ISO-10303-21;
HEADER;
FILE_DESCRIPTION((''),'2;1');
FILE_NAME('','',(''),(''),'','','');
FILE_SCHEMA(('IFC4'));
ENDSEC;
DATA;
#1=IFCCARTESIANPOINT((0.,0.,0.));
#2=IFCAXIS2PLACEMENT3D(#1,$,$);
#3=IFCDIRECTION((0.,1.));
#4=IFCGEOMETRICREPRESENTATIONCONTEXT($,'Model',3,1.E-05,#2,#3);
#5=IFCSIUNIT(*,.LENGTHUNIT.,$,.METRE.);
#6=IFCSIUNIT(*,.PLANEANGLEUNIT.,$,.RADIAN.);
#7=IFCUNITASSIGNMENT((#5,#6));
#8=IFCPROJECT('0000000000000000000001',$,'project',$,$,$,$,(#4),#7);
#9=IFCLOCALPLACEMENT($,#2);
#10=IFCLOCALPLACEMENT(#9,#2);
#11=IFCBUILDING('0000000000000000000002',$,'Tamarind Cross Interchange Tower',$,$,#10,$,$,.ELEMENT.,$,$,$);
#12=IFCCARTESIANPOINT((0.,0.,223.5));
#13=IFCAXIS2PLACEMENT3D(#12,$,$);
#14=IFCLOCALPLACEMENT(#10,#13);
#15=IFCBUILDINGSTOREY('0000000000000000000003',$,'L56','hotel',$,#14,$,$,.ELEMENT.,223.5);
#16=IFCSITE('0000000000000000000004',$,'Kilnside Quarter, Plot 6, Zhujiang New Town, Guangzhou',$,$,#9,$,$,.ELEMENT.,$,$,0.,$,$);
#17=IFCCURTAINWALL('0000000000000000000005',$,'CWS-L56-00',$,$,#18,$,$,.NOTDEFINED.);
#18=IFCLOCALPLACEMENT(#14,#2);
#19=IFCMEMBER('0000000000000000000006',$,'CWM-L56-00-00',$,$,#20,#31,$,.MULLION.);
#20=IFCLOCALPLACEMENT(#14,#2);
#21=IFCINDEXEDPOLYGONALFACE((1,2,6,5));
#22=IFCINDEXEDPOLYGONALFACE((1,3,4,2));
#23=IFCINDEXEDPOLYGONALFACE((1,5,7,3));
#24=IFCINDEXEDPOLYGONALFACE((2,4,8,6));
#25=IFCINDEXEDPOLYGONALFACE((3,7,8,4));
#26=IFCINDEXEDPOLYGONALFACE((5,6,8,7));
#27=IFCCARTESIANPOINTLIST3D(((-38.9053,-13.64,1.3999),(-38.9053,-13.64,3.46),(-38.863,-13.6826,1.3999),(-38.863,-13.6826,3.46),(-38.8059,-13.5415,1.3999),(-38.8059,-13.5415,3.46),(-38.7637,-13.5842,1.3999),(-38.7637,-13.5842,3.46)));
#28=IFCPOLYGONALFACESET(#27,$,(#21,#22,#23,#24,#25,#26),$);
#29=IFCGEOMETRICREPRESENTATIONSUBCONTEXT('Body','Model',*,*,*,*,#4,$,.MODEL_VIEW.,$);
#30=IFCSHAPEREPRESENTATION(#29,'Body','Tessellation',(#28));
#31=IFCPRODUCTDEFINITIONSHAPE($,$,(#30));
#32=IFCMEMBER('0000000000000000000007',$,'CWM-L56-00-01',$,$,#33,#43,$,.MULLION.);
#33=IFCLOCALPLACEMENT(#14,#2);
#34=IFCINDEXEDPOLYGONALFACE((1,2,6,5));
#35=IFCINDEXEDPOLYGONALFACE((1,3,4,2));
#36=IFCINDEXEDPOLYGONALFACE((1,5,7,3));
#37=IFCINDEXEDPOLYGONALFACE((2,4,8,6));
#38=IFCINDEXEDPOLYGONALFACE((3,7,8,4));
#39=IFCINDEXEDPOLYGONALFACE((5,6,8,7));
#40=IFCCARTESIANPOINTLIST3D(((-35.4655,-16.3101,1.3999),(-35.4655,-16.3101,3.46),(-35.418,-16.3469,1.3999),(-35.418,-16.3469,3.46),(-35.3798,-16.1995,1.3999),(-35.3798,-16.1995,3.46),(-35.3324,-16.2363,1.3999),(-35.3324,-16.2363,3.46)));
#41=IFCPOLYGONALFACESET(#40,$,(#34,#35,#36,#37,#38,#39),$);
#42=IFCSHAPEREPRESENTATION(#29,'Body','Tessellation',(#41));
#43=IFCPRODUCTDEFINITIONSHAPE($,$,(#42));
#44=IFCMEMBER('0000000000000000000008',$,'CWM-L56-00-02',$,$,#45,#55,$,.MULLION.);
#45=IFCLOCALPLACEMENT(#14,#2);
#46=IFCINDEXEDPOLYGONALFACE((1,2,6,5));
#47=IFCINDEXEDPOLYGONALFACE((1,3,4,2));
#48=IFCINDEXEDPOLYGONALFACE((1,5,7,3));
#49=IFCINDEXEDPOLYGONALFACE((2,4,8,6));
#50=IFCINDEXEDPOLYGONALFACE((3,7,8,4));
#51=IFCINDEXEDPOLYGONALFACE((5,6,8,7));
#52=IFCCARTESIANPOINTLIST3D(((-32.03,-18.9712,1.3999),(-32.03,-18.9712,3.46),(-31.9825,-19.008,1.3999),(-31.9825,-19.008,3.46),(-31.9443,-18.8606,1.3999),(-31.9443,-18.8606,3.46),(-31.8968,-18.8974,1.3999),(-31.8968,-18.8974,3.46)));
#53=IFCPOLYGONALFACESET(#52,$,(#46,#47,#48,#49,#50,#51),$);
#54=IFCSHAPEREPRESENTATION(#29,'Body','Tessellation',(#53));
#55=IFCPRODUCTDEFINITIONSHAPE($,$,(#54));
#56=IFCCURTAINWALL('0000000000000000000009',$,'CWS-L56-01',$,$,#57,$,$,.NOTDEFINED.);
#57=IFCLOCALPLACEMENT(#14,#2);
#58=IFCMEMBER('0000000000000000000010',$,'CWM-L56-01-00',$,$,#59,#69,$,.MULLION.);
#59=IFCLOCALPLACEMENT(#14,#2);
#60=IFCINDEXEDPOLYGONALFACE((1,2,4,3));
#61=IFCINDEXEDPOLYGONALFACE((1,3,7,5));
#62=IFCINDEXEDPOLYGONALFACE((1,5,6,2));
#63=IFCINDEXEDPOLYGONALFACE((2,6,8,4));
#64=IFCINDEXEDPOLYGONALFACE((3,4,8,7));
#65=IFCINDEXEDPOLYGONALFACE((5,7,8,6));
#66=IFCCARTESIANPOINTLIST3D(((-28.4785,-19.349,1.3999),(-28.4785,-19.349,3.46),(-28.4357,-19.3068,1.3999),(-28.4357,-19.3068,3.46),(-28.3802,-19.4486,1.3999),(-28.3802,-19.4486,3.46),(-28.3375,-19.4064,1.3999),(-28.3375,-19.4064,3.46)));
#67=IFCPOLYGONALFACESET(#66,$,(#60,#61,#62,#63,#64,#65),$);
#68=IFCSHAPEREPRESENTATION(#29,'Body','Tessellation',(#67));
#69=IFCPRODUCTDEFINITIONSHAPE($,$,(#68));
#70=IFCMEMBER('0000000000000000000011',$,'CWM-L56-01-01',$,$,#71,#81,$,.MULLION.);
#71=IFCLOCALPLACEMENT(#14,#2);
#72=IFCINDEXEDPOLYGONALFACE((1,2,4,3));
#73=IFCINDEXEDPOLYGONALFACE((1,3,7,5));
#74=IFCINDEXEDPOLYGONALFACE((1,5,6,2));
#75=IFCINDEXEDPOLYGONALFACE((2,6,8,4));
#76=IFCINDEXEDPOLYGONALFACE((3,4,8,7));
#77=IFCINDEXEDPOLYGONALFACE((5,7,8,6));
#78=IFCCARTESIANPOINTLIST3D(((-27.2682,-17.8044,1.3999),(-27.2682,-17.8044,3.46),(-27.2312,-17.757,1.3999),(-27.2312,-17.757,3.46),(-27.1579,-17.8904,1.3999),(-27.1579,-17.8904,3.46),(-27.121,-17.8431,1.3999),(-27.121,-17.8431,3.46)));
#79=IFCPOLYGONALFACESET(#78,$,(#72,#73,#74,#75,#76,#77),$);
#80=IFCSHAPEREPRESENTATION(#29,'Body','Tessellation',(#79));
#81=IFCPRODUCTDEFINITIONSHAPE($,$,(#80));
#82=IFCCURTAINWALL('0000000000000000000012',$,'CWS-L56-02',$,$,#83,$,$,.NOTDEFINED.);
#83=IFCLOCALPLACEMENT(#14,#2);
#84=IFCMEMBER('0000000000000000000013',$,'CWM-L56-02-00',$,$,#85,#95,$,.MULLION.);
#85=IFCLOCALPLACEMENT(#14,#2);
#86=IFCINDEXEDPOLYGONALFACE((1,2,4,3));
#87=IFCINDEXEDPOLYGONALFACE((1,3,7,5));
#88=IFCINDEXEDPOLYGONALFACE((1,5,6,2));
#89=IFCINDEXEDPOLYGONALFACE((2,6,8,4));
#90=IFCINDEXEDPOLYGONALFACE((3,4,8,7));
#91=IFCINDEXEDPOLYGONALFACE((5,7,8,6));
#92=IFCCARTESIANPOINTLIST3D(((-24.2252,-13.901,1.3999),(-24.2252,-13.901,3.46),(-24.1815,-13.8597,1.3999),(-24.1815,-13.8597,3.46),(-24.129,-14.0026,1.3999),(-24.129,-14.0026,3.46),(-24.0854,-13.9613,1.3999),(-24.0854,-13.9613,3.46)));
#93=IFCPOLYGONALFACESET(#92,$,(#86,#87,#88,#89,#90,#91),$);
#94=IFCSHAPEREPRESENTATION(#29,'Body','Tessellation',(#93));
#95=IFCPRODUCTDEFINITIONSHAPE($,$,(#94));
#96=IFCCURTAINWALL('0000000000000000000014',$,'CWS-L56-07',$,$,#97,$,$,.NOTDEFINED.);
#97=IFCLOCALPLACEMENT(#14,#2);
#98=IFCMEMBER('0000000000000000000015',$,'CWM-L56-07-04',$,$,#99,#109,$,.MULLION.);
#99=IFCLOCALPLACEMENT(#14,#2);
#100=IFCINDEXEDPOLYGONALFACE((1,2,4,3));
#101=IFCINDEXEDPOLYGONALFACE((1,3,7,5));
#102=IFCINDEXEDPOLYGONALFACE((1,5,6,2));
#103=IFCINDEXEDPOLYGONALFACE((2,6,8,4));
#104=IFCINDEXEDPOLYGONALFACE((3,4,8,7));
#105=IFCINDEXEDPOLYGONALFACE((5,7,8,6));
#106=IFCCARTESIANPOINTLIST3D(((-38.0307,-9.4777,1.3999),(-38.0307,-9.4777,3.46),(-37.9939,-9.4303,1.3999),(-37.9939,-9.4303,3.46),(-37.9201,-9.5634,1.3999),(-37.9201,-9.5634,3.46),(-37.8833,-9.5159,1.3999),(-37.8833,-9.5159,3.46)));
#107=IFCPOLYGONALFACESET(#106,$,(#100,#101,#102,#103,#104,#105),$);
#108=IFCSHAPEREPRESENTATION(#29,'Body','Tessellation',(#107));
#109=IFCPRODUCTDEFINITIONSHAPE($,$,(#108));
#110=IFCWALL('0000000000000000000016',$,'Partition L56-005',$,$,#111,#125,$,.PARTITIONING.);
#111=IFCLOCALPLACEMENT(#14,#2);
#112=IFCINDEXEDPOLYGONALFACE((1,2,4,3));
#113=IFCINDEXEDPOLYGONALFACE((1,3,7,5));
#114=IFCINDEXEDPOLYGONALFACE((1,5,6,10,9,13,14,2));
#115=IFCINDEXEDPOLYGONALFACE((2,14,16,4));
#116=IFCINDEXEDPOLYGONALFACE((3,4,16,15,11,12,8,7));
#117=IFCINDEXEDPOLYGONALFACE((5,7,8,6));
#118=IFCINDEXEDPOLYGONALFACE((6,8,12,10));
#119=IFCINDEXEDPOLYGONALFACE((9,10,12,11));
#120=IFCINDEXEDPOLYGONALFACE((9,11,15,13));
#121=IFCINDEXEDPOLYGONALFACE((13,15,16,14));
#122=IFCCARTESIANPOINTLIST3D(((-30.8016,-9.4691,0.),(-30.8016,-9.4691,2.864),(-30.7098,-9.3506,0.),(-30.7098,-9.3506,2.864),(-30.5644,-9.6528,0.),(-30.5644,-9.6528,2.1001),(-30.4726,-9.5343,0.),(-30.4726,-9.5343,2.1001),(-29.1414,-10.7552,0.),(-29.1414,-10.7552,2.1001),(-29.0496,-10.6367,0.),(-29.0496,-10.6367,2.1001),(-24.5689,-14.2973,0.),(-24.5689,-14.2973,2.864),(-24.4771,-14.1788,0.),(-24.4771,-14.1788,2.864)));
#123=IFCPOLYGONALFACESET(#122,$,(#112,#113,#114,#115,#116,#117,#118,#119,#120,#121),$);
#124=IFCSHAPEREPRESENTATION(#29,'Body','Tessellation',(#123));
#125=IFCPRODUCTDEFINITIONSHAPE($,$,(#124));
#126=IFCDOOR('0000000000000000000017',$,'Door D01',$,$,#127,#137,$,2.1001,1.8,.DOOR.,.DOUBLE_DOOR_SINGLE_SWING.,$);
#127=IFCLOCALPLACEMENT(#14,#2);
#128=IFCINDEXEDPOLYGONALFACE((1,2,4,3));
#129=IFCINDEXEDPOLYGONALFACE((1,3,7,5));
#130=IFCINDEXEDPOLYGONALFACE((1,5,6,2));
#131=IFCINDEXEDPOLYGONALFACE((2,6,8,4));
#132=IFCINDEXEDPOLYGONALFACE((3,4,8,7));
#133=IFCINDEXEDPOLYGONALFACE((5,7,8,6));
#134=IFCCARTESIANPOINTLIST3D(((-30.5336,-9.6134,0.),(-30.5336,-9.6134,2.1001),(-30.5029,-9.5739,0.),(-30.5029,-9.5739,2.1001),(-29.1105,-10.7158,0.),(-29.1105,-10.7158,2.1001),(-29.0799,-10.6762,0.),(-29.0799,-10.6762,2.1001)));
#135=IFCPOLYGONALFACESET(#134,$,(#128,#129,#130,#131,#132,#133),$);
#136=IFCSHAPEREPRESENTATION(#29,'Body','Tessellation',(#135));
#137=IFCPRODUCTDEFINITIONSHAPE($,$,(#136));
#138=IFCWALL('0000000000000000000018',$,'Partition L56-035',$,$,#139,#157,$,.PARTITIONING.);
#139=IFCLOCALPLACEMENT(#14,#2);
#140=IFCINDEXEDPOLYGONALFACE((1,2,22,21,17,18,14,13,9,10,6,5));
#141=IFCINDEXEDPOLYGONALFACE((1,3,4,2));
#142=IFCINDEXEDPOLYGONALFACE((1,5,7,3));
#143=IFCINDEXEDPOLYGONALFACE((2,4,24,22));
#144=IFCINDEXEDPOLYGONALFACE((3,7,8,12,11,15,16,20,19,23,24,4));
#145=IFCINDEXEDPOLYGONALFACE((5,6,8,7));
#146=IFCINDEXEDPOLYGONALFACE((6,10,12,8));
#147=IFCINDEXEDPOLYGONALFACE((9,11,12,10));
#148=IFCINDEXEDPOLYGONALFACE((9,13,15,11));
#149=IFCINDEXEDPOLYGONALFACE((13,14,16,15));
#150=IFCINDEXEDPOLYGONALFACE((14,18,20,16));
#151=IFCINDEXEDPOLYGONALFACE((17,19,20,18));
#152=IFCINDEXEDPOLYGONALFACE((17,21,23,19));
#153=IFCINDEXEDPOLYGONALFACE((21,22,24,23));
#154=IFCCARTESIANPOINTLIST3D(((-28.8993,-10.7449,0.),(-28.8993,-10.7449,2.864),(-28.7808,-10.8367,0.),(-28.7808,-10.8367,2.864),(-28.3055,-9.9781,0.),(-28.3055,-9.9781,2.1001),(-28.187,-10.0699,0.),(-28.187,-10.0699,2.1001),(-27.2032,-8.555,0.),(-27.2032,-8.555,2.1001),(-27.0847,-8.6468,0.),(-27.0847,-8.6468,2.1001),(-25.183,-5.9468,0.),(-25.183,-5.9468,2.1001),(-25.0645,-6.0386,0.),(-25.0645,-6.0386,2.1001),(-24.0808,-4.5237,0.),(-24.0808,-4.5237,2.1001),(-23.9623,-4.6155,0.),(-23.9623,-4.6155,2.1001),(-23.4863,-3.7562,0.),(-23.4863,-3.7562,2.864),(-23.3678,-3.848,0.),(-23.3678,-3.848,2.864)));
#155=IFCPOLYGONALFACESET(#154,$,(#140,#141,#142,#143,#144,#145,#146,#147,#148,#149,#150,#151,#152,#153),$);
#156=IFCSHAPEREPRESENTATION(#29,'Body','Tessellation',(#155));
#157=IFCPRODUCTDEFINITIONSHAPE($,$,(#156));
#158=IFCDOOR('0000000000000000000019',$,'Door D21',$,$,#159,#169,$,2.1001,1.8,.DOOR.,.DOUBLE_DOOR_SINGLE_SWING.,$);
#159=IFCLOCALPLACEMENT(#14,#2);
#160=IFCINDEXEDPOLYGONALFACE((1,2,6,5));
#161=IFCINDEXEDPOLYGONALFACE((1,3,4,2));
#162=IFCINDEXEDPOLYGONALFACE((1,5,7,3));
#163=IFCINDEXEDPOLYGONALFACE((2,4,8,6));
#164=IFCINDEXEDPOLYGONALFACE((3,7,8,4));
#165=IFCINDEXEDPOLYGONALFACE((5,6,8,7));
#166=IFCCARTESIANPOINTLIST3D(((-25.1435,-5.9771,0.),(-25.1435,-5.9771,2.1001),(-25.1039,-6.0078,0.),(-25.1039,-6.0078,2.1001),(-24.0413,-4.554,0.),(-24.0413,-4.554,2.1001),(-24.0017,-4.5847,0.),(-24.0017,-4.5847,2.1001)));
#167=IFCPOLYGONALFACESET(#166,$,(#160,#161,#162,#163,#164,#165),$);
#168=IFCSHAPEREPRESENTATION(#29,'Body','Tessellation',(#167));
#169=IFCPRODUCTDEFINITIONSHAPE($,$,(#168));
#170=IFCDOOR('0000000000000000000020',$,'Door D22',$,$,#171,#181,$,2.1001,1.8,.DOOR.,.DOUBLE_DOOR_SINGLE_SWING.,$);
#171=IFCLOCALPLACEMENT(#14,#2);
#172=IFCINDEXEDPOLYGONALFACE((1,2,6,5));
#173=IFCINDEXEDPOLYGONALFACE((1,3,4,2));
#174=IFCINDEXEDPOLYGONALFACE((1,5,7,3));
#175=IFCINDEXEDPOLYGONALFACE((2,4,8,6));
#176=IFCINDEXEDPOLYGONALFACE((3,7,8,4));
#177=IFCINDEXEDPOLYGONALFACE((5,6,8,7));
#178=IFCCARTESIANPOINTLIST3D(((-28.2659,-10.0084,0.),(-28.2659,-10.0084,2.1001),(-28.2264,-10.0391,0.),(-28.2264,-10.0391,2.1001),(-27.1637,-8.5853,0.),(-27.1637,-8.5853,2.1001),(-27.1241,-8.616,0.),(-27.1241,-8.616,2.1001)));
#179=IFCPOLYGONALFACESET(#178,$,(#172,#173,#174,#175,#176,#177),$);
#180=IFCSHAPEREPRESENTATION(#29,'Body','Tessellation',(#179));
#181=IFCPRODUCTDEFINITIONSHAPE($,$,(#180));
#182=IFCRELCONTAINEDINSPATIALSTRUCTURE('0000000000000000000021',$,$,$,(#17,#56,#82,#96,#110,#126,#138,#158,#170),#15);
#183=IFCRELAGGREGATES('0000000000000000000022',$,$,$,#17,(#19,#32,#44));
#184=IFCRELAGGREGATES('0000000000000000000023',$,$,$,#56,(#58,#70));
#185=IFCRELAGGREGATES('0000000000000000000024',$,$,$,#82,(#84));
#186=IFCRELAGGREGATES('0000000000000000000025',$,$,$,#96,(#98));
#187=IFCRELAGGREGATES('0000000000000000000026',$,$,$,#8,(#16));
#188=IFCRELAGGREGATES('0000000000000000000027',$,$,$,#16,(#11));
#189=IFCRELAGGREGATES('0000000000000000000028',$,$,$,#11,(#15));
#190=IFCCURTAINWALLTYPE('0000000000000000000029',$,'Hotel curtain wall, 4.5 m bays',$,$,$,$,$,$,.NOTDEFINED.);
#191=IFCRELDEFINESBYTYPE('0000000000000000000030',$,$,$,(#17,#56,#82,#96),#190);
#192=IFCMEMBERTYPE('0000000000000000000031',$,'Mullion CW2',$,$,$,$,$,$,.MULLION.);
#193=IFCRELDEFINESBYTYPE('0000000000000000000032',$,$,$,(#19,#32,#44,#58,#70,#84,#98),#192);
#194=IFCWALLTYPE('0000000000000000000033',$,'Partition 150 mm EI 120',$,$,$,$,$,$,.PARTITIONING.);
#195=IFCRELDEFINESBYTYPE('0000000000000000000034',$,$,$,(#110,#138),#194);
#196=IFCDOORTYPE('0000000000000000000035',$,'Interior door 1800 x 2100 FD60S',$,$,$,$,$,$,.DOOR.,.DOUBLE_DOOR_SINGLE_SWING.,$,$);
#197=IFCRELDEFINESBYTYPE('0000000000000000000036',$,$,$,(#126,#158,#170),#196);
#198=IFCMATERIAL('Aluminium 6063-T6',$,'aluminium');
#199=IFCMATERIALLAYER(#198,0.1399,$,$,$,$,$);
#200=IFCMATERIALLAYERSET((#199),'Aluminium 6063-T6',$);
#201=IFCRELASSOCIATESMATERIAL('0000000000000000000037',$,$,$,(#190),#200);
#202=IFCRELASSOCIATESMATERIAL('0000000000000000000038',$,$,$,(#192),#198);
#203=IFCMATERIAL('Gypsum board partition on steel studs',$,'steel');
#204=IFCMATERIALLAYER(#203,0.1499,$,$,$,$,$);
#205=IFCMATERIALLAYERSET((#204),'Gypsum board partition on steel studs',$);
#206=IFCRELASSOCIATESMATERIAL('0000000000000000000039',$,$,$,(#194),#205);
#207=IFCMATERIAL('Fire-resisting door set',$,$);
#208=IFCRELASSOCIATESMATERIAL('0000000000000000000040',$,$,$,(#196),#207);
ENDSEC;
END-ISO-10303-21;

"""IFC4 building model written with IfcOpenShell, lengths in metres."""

from ifc_helpers import new_model, si_unit, direction, frame, frame_2d, origin, origin_2d, place, context, subcontext, project, spatial, rectangle, extrude, material, layer, layer_set, material_profile, profile_set, type_object, element, fill, aggregate, save


model = new_model("IFC4")

# Units and contexts
model_context = context("Model", 3, precision=1e-05, world=origin(), true_north=direction((0.0, 1.0)))
body_context = subcontext(model_context, "Body", "Model", "MODEL_VIEW")
ifc_project = project(units=[si_unit("LENGTHUNIT", "METRE"), si_unit("PLANEANGLEUNIT", "RADIAN")], contexts=[model_context])

# Site, building, storey
site_placement = place(None, origin())
site = spatial("IfcSite", under=ifc_project, at=site_placement, Name="Kilnside Quarter, Plot 6, Zhujiang New Town, Guangzhou", CompositionType="ELEMENT", RefElevation=0.0)
building_placement = place(site_placement, origin())
building = spatial("IfcBuilding", under=site, at=building_placement, Name="Tamarind Cross Interchange Tower", CompositionType="ELEMENT")
storey_placement = place(building_placement, frame((0.0, 0.0, 223.5)))
storey = spatial("IfcBuildingStorey", under=building, at=storey_placement, Name="L56", Description="hotel", CompositionType="ELEMENT", Elevation=223.5)

# Curtain walls, members
ifc_material_1 = material(Name="Aluminium 6063-T6", Category="aluminium")
ifc_layer_1 = layer(ifc_material_1, 0.1399)
ifc_layer_set_1 = layer_set([ifc_layer_1], Name="Aluminium 6063-T6")
curtain_wall_type = type_object("IfcCurtainWallType", Name="Hotel curtain wall, 4.5 m bays", PredefinedType="NOTDEFINED", material=ifc_layer_set_1)
curtain_wall_1_placement = place(storey_placement, origin())
curtain_wall_1 = element("IfcCurtainWall", 1, at=curtain_wall_1_placement, inside=storey, type_object=curtain_wall_type, Name="CWS-L56-00", PredefinedType="NOTDEFINED")
ifc_material_profile_1 = material_profile(ifc_material_1, rectangle(XDim=0.0601, YDim=0.1399, at=origin_2d()), Name="Mullion CW2")
ifc_profile_set_1 = profile_set([ifc_material_profile_1], Name="Aluminium 6063-T6")
member_type = type_object("IfcMemberType", Name="Mullion CW2", PredefinedType="MULLION", material=ifc_profile_set_1)
member_1_placement = place(storey_placement, frame((-38.8345, -13.6121, 1.3999), z_axis=(0.0, 0.0, 1.0), x_axis=(0.703891, -0.710308, 0.0)))
member_1 = element("IfcMember", 2, at=member_1_placement, type_object=member_type, Name="CWM-L56-00-00", PredefinedType="MULLION", context=body_context, shape_type="SweptSolid", body=[
    extrude(rectangle(XDim=0.0601, YDim=0.1399, at=origin_2d()), origin(), (0.0, 0.0, 1.0), 2.0601),
])
member_2_placement = place(storey_placement, frame((-35.3989, -16.2732, 1.3999), z_axis=(0.0, 0.0, 1.0), x_axis=(0.790583, -0.612355, 0.0)))
member_2 = element("IfcMember", 3, at=member_2_placement, type_object=member_type, Name="CWM-L56-00-01", PredefinedType="MULLION", context=body_context, shape_type="SweptSolid", body=[
    extrude(rectangle(XDim=0.0601, YDim=0.1399, at=origin_2d()), origin(), (0.0, 0.0, 1.0), 2.0601),
])
member_3_placement = place(storey_placement, frame((-31.9634, -18.9343, 1.3999), z_axis=(0.0, 0.0, 1.0), x_axis=(0.790583, -0.612355, 0.0)))
member_3 = element("IfcMember", 4, at=member_3_placement, type_object=member_type, Name="CWM-L56-00-02", PredefinedType="MULLION", context=body_context, shape_type="SweptSolid", body=[
    extrude(rectangle(XDim=0.0601, YDim=0.1399, at=origin_2d()), origin(), (0.0, 0.0, 1.0), 2.0601),
])
aggregate(curtain_wall_1, [member_1, member_2, member_3])
curtain_wall_2_placement = place(storey_placement, origin())
curtain_wall_2 = element("IfcCurtainWall", 5, at=curtain_wall_2_placement, inside=storey, type_object=curtain_wall_type, Name="CWS-L56-01", PredefinedType="NOTDEFINED")
member_4_placement = place(storey_placement, frame((-28.408, -19.3777, 1.3999), z_axis=(0.0, 0.0, 1.0), x_axis=(0.711677, 0.702507, 0.0)))
member_4 = element("IfcMember", 6, at=member_4_placement, type_object=member_type, Name="CWM-L56-01-00", PredefinedType="MULLION", context=body_context, shape_type="SweptSolid", body=[
    extrude(rectangle(XDim=0.0601, YDim=0.1399, at=origin_2d()), origin(), (0.0, 0.0, 1.0), 2.0601),
])
member_5_placement = place(storey_placement, frame((-27.1946, -17.8237, 1.3999), z_axis=(0.0, 0.0, 1.0), x_axis=(0.615429, 0.788193, 0.0)))
member_5 = element("IfcMember", 7, at=member_5_placement, type_object=member_type, Name="CWM-L56-01-01", PredefinedType="MULLION", context=body_context, shape_type="SweptSolid", body=[
    extrude(rectangle(XDim=0.0601, YDim=0.1399, at=origin_2d()), origin(), (0.0, 0.0, 1.0), 2.0601),
])
aggregate(curtain_wall_2, [member_4, member_5])

# Curtain walls, members
curtain_wall_3_placement = place(storey_placement, origin())
curtain_wall_3 = element("IfcCurtainWall", 8, at=curtain_wall_3_placement, inside=storey, type_object=curtain_wall_type, Name="CWS-L56-02", PredefinedType="NOTDEFINED")
member_6_placement = place(storey_placement, frame((-24.1553, -13.9312, 1.3999), z_axis=(0.0, 0.0, 1.0), x_axis=(0.726272, 0.687408, 0.0)))
member_6 = element("IfcMember", 9, at=member_6_placement, type_object=member_type, Name="CWM-L56-02-00", PredefinedType="MULLION", context=body_context, shape_type="SweptSolid", body=[
    extrude(rectangle(XDim=0.0601, YDim=0.1399, at=origin_2d()), origin(), (0.0, 0.0, 1.0), 2.0601),
])
aggregate(curtain_wall_3, [member_6])
curtain_wall_4_placement = place(storey_placement, origin())
curtain_wall_4 = element("IfcCurtainWall", 10, at=curtain_wall_4_placement, inside=storey, type_object=curtain_wall_type, Name="CWS-L56-07", PredefinedType="NOTDEFINED")
member_7_placement = place(storey_placement, frame((-37.957, -9.4968, 1.3999), z_axis=(0.0, 0.0, 1.0), x_axis=(-0.612355, -0.790583, 0.0)))
member_7 = element("IfcMember", 11, at=member_7_placement, type_object=member_type, Name="CWM-L56-07-04", PredefinedType="MULLION", context=body_context, shape_type="SweptSolid", body=[
    extrude(rectangle(XDim=0.0601, YDim=0.1399, at=origin_2d()), origin(), (0.0, 0.0, 1.0), 2.0601),
])
aggregate(curtain_wall_4, [member_7])

# Wall, opening, door
ifc_material_2 = material(Name="Gypsum board partition on steel studs", Category="steel")
ifc_layer_2 = layer(ifc_material_2, 0.1499)
ifc_layer_set_2 = layer_set([ifc_layer_2], Name="Gypsum board partition on steel studs")
wall_type = type_object("IfcWallType", Name="Partition 150 mm EI 120", PredefinedType="PARTITIONING", material=ifc_layer_set_2)
wall_1_placement = place(storey_placement, frame((-30.7556, -9.4099, 0.0), z_axis=(0.0, 0.0, 1.0), x_axis=(0.79055, -0.612398, 0.0)))
wall_1 = element("IfcWall", 12, at=wall_1_placement, inside=storey, type_object=wall_type, Name="Partition L56-005", PredefinedType="PARTITIONING", context=body_context, shape_type="SweptSolid", body=[
    extrude(rectangle(XDim=7.884, YDim=0.1499, at=frame_2d((3.9419, 0.0))), origin(), (0.0, 0.0, 1.0), 2.864),
])
opening_1_placement = place(wall_1_placement, frame((0.3, 0.0, 0.0)))
opening_1 = element("IfcOpeningElement", 13, at=opening_1_placement, cuts=wall_1, PredefinedType="OPENING", context=body_context, shape_type="SweptSolid", body=[
    extrude(rectangle(XDim=1.8, YDim=2.1001, at=frame_2d((0.8999, 1.05))), frame((0.0, 0.085, 0.0), z_axis=(0.0, -1.0, 0.0), x_axis=(1.0, 0.0, 0.0)), (0.0, 0.0, 1.0), 0.1699),
])
ifc_material_3 = material(Name="Fire-resisting door set")
door_type = type_object("IfcDoorType", Name="Interior door 1800 x 2100 FD60S", OperationType="DOUBLE_DOOR_SINGLE_SWING", PredefinedType="DOOR", material=ifc_material_3)
door_1_placement = place(opening_1_placement, frame((1.8, 0.0, 0.0), z_axis=(0.0, 0.0, 1.0), x_axis=(-1.0, 0.0, 0.0)))
door_1 = element("IfcDoor", 14, at=door_1_placement, inside=storey, type_object=door_type, Name="Door D01", OperationType="DOUBLE_DOOR_SINGLE_SWING", OverallHeight=2.1001, OverallWidth=1.8, PredefinedType="DOOR", context=body_context, shape_type="SweptSolid", body=[
    extrude(rectangle(XDim=1.8, YDim=2.1001, at=frame_2d((0.8999, 1.05))), frame((0.0, 0.0249, 0.0), z_axis=(0.0, -1.0, 0.0), x_axis=(1.0, 0.0, 0.0)), (0.0, 0.0, 1.0), 0.05),
])
fill(opening_1, door_1)

# Wall, openings, doors
wall_2_placement = place(storey_placement, frame((-28.8401, -10.7908, 0.0), z_axis=(0.0, 0.0, 1.0), x_axis=(0.612345, 0.790591, 0.0)))
wall_2 = element("IfcWall", 15, at=wall_2_placement, inside=storey, type_object=wall_type, Name="Partition L56-035", PredefinedType="PARTITIONING", context=body_context, shape_type="SweptSolid", body=[
    extrude(rectangle(XDim=8.8398, YDim=0.1499, at=frame_2d((4.4199, 0.0))), origin(), (0.0, 0.0, 1.0), 2.864),
])
opening_2_placement = place(wall_2_placement, frame((6.0691, 0.0, 0.0)))
opening_2 = element("IfcOpeningElement", 16, at=opening_2_placement, cuts=wall_2, PredefinedType="OPENING", context=body_context, shape_type="SweptSolid", body=[
    extrude(rectangle(XDim=1.8, YDim=2.1001, at=frame_2d((0.8999, 1.05))), frame((0.0, 0.085, 0.0), z_axis=(0.0, -1.0, 0.0), x_axis=(1.0, 0.0, 0.0)), (0.0, 0.0, 1.0), 0.1699),
])
opening_3_placement = place(wall_2_placement, frame((0.97, 0.0, 0.0)))
opening_3 = element("IfcOpeningElement", 17, at=opening_3_placement, cuts=wall_2, PredefinedType="OPENING", context=body_context, shape_type="SweptSolid", body=[
    extrude(rectangle(XDim=1.8, YDim=2.1001, at=frame_2d((0.8999, 1.05))), frame((0.0, 0.085, 0.0), z_axis=(0.0, -1.0, 0.0), x_axis=(1.0, 0.0, 0.0)), (0.0, 0.0, 1.0), 0.1699),
])
door_2_placement = place(opening_2_placement, frame((1.8, 0.0, 0.0), z_axis=(0.0, 0.0, 1.0), x_axis=(-1.0, 0.0, 0.0)))
door_2 = element("IfcDoor", 18, at=door_2_placement, inside=storey, type_object=door_type, Name="Door D21", OperationType="DOUBLE_DOOR_SINGLE_SWING", OverallHeight=2.1001, OverallWidth=1.8, PredefinedType="DOOR", context=body_context, shape_type="SweptSolid", body=[
    extrude(rectangle(XDim=1.8, YDim=2.1001, at=frame_2d((0.8999, 1.05))), frame((0.0, 0.0249, 0.0), z_axis=(0.0, -1.0, 0.0), x_axis=(1.0, 0.0, 0.0)), (0.0, 0.0, 1.0), 0.05),
])
fill(opening_2, door_2)
door_3_placement = place(opening_3_placement, frame((1.8, 0.0, 0.0), z_axis=(0.0, 0.0, 1.0), x_axis=(-1.0, 0.0, 0.0)))
door_3 = element("IfcDoor", 19, at=door_3_placement, inside=storey, type_object=door_type, Name="Door D22", OperationType="DOUBLE_DOOR_SINGLE_SWING", OverallHeight=2.1001, OverallWidth=1.8, PredefinedType="DOOR", context=body_context, shape_type="SweptSolid", body=[
    extrude(rectangle(XDim=1.8, YDim=2.1001, at=frame_2d((0.8999, 1.05))), frame((0.0, 0.0249, 0.0), z_axis=(0.0, -1.0, 0.0), x_axis=(1.0, 0.0, 0.0)), (0.0, 0.0, 1.0), 0.05),
])
fill(opening_3, door_3)

save(model, "model.ifc")
